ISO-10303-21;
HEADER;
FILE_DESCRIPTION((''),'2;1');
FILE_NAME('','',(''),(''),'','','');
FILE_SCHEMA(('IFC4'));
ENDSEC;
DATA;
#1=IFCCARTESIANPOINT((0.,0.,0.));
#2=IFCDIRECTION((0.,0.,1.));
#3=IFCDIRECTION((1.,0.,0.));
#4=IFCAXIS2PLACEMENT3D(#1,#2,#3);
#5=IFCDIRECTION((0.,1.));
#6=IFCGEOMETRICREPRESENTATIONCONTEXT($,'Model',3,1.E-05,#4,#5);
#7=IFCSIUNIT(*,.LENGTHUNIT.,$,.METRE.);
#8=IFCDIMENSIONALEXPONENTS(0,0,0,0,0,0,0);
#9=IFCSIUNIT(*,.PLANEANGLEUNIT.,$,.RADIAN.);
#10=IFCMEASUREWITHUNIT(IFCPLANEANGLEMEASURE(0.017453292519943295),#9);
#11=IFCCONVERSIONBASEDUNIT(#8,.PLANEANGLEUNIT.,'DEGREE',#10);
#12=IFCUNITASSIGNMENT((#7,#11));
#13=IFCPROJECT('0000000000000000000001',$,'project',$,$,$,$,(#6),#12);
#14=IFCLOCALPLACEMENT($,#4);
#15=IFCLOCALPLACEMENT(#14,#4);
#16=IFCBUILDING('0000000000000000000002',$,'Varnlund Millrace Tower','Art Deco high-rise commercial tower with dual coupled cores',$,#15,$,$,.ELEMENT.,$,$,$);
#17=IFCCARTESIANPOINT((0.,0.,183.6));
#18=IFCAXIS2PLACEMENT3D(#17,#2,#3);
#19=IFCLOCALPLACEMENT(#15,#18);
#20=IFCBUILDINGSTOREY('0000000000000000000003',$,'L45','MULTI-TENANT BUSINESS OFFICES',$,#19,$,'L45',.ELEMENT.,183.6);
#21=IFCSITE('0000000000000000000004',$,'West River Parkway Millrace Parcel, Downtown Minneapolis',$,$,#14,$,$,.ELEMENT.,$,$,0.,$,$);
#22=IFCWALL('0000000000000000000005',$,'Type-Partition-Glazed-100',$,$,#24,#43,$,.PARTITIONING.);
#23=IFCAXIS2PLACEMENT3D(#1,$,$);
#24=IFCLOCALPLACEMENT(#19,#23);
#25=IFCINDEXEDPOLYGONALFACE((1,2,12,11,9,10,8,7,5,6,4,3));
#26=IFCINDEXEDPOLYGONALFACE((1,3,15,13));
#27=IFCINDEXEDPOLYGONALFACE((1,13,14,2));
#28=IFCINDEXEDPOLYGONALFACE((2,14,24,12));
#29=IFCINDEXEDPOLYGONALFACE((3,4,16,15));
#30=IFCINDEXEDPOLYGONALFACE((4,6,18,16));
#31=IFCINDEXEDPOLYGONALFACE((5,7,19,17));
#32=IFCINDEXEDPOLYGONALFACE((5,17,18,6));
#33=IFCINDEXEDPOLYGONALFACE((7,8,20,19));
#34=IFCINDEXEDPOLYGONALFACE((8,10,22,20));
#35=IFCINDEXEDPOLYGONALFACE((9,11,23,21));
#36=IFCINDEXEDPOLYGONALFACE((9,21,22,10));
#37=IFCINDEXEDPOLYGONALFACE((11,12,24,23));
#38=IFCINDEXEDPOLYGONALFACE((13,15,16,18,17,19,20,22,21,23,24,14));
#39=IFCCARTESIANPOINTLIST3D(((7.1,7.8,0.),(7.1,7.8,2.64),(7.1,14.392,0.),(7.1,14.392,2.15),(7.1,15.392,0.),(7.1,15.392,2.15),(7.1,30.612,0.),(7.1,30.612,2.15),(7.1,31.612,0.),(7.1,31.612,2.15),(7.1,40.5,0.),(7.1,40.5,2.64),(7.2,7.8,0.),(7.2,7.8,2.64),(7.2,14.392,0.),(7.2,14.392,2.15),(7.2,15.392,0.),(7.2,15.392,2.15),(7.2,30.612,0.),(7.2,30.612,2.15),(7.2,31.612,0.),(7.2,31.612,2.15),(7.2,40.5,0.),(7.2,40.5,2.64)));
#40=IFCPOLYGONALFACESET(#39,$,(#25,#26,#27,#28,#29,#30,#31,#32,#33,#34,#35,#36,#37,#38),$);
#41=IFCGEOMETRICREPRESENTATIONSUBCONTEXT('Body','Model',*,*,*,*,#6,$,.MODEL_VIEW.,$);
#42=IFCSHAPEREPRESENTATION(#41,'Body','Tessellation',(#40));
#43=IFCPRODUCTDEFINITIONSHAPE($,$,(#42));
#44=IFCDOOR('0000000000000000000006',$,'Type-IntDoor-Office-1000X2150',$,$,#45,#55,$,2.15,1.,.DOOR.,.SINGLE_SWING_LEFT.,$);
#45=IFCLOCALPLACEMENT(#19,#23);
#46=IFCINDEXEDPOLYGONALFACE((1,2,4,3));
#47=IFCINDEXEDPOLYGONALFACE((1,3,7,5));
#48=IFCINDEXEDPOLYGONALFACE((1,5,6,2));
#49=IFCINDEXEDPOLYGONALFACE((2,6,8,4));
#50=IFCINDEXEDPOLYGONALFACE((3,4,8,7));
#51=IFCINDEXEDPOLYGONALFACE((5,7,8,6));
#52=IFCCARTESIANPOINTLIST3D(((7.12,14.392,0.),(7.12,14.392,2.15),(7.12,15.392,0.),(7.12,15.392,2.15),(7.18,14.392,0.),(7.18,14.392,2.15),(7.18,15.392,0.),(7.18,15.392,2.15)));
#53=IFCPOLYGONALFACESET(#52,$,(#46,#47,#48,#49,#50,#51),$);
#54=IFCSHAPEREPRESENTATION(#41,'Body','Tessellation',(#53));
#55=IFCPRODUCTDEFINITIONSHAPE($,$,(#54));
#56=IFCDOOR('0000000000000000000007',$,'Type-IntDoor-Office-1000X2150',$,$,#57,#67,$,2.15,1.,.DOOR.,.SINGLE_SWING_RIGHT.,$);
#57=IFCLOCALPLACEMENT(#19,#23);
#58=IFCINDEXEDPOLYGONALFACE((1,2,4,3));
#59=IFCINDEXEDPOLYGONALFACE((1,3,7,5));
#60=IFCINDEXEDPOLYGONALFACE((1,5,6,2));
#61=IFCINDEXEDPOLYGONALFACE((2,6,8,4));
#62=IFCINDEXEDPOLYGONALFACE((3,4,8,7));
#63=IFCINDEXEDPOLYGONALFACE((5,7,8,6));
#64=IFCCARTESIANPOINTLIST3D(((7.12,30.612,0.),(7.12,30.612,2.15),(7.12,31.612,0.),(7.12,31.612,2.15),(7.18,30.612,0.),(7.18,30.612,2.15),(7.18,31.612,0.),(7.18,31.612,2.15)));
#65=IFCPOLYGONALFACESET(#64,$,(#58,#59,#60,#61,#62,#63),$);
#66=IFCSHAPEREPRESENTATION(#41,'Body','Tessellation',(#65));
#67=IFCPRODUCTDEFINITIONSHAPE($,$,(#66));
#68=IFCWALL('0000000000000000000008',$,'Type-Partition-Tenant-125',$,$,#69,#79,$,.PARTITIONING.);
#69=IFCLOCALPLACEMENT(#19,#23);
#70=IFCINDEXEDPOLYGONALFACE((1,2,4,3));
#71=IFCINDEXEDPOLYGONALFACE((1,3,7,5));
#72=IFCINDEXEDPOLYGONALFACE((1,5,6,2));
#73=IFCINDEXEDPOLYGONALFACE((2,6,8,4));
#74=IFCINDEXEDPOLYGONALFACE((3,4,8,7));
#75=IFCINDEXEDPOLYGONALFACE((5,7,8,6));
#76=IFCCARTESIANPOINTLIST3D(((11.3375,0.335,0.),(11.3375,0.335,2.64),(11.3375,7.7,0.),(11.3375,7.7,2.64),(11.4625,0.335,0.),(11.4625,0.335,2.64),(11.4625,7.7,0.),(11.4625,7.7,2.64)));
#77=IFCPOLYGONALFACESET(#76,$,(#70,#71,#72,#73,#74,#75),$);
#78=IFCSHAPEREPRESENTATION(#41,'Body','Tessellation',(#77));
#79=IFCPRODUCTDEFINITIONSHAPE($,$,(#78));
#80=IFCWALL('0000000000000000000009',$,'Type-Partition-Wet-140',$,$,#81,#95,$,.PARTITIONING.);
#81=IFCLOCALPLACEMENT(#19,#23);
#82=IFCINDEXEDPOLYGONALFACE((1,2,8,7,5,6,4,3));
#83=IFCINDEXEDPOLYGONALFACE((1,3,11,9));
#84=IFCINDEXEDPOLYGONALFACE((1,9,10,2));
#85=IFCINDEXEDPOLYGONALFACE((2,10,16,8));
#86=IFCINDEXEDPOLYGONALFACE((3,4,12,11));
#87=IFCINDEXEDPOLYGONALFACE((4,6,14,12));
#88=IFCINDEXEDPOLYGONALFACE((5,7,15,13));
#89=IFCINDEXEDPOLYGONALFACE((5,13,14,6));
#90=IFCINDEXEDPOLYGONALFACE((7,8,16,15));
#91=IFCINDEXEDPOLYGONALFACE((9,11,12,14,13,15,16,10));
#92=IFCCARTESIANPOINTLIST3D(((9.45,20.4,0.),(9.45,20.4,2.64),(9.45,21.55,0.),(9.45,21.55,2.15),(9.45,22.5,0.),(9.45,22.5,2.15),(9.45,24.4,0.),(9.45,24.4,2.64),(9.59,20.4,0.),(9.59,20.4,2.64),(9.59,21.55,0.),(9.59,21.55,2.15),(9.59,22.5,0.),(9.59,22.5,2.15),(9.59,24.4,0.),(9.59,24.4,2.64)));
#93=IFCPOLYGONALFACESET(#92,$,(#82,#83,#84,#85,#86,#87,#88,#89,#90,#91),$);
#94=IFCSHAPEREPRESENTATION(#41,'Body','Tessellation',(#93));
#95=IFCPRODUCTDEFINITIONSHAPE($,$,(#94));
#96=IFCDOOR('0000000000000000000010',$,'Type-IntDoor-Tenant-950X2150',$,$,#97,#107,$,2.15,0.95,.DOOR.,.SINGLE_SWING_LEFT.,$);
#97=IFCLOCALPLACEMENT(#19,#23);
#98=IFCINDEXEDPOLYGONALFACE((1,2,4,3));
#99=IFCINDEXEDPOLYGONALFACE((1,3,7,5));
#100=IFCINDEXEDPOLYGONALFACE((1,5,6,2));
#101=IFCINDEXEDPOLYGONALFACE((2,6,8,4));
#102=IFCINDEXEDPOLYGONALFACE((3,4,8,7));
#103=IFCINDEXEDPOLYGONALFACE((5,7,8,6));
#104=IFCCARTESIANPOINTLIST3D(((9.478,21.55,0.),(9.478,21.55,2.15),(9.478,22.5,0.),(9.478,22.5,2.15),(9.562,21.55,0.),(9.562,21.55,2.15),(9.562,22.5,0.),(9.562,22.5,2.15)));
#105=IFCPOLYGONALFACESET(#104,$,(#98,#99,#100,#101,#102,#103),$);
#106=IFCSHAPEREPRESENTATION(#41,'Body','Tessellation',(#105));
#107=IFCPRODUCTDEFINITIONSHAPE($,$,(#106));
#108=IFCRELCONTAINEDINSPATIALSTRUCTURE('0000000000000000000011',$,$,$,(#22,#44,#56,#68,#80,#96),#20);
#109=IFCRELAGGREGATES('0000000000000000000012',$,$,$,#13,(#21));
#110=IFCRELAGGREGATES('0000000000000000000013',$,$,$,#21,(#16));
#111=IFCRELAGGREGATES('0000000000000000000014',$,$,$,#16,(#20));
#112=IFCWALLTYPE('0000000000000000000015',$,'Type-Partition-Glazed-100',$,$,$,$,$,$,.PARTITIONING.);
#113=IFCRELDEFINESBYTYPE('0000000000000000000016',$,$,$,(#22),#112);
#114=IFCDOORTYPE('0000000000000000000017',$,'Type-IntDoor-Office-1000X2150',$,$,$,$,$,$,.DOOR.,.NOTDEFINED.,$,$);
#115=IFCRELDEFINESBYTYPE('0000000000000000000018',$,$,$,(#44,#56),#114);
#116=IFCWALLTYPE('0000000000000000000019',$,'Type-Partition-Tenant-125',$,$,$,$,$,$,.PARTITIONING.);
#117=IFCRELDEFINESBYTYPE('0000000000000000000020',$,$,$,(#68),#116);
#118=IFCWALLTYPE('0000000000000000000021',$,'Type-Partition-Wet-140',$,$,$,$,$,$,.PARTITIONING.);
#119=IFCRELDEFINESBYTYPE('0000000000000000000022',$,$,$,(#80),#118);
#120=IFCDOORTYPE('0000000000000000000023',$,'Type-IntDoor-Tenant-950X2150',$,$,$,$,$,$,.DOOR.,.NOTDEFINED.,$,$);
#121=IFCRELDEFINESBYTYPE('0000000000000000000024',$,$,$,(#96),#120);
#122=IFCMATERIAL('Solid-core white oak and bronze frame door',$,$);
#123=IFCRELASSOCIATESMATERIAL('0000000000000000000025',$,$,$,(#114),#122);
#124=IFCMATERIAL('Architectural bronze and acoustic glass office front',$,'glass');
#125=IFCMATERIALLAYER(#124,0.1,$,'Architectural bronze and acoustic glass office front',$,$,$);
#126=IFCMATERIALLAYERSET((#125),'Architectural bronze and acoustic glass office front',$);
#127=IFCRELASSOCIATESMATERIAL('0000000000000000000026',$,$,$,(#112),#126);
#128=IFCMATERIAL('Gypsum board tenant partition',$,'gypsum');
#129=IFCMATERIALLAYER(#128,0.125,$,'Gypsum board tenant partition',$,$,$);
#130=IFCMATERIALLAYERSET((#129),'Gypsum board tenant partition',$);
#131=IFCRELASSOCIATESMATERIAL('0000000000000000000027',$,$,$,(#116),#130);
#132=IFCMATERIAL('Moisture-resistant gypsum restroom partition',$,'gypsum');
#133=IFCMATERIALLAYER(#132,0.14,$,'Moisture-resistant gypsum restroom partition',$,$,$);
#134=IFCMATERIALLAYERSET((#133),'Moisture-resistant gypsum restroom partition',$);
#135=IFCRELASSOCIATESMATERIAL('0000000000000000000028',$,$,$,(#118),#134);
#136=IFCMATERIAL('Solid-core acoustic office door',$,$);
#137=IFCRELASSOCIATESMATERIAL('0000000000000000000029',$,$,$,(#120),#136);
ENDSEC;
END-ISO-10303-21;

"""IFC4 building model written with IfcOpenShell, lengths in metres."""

from ifc_helpers import new_model, entity, si_unit, converted_unit, direction, frame, origin_with_axes, origin_2d_with_axis, place, context, subcontext, project, spatial, polyline, rectangle, outline, extrude, material, layer, layer_set, type_object, element, fill, save


model = new_model("IFC4")

# Units and contexts
model_context = context("Model", 3, precision=1e-05, world=origin_with_axes(), true_north=direction((0.0, 1.0)))
body_context = subcontext(model_context, "Body", "Model", "MODEL_VIEW")
ifc_project = project(units=[si_unit("LENGTHUNIT", "METRE"), converted_unit("PLANEANGLEUNIT", "DEGREE", entity("IfcPlaneAngleMeasure", 0.017453292519943295), si_unit("PLANEANGLEUNIT", "RADIAN"), dimensions=[0, 0, 0, 0, 0, 0, 0])], contexts=[model_context])

# Site, building, storey
site_placement = place(None, origin_with_axes())
site = spatial("IfcSite", under=ifc_project, at=site_placement, Name="West River Parkway Millrace Parcel, Downtown Minneapolis", CompositionType="ELEMENT", RefElevation=0.0)
building_placement = place(site_placement, origin_with_axes())
building = spatial("IfcBuilding", under=site, at=building_placement, Name="Varnlund Millrace Tower", Description="Art Deco high-rise commercial tower with dual coupled cores", CompositionType="ELEMENT")
storey_placement = place(building_placement, frame((0.0, 0.0, 183.6), z_axis=(0.0, 0.0, 1.0), x_axis=(1.0, 0.0, 0.0)))
storey = spatial("IfcBuildingStorey", under=building, at=storey_placement, Name="L45", Description="MULTI-TENANT BUSINESS OFFICES", LongName="L45", CompositionType="ELEMENT", Elevation=183.6)

# Shared definitions
ifc_material_1 = material(Name="Solid-core white oak and bronze frame door")
door_type_1 = type_object("IfcDoorType", Name="Type-IntDoor-Office-1000X2150", OperationType="NOTDEFINED", PredefinedType="DOOR", material=ifc_material_1)

# Wall, openings, doors
ifc_material_2 = material(Name="Architectural bronze and acoustic glass office front", Category="glass")
ifc_layer_1 = layer(ifc_material_2, 0.1, Name="Architectural bronze and acoustic glass office front")
ifc_layer_set_1 = layer_set([ifc_layer_1], Name="Architectural bronze and acoustic glass office front")
wall_type_1 = type_object("IfcWallType", Name="Type-Partition-Glazed-100", PredefinedType="PARTITIONING", material=ifc_layer_set_1)
wall_1_placement = place(storey_placement, frame((7.15, 7.8, 0.0), z_axis=(0.0, 0.0, 1.0), x_axis=(0.0, 1.0, 0.0)))
wall_1 = element("IfcWall", 1, at=wall_1_placement, inside=storey, type_object=wall_type_1, Name="Type-Partition-Glazed-100", PredefinedType="PARTITIONING", context=body_context, shape_type="SweptSolid", body=[
    extrude(outline(polyline([(0.0, -0.05), (32.7, -0.05), (32.7, 0.05), (0.0, 0.05), (0.0, -0.05)])), origin_with_axes(), (0.0, 0.0, 1.0), 2.64),
])
opening_1_placement = place(wall_1_placement, frame((7.092, 0.0, 0.0), z_axis=(0.0, 0.0, 1.0), x_axis=(1.0, 0.0, 0.0)))
opening_1 = element("IfcOpeningElement", 2, at=opening_1_placement, cuts=wall_1, PredefinedType="OPENING", context=body_context, shape_type="SweptSolid", body=[
    extrude(rectangle(XDim=1.0, YDim=0.12, at=origin_2d_with_axis()), origin_with_axes(), (0.0, 0.0, 1.0), 2.15),
])
opening_2_placement = place(wall_1_placement, frame((23.312, 0.0, 0.0), z_axis=(0.0, 0.0, 1.0), x_axis=(1.0, 0.0, 0.0)))
opening_2 = element("IfcOpeningElement", 3, at=opening_2_placement, cuts=wall_1, PredefinedType="OPENING", context=body_context, shape_type="SweptSolid", body=[
    extrude(rectangle(XDim=1.0, YDim=0.12, at=origin_2d_with_axis()), origin_with_axes(), (0.0, 0.0, 1.0), 2.15),
])
door_1_placement = place(wall_1_placement, frame((7.092, 0.0, 0.0), z_axis=(0.0, 0.0, 1.0), x_axis=(1.0, 0.0, 0.0)))
door_1 = element("IfcDoor", 4, at=door_1_placement, inside=storey, type_object=door_type_1, Name="Type-IntDoor-Office-1000X2150", OperationType="SINGLE_SWING_LEFT", OverallHeight=2.15, OverallWidth=1.0, PredefinedType="DOOR", context=body_context, shape_type="SweptSolid", body=[
    extrude(rectangle(XDim=1.0, YDim=0.06, at=origin_2d_with_axis()), origin_with_axes(), (0.0, 0.0, 1.0), 2.15),
])
fill(opening_1, door_1)
door_2_placement = place(wall_1_placement, frame((23.312, 0.0, 0.0), z_axis=(0.0, 0.0, 1.0), x_axis=(1.0, 0.0, 0.0)))
door_2 = element("IfcDoor", 5, at=door_2_placement, inside=storey, type_object=door_type_1, Name="Type-IntDoor-Office-1000X2150", OperationType="SINGLE_SWING_RIGHT", OverallHeight=2.15, OverallWidth=1.0, PredefinedType="DOOR", context=body_context, shape_type="SweptSolid", body=[
    extrude(rectangle(XDim=1.0, YDim=0.06, at=origin_2d_with_axis()), origin_with_axes(), (0.0, 0.0, 1.0), 2.15),
])
fill(opening_2, door_2)

# Wall
ifc_material_3 = material(Name="Gypsum board tenant partition", Category="gypsum")
ifc_layer_2 = layer(ifc_material_3, 0.125, Name="Gypsum board tenant partition")
ifc_layer_set_2 = layer_set([ifc_layer_2], Name="Gypsum board tenant partition")
wall_type_2 = type_object("IfcWallType", Name="Type-Partition-Tenant-125", PredefinedType="PARTITIONING", material=ifc_layer_set_2)
wall_2_placement = place(storey_placement, frame((11.4, 0.335, 0.0), z_axis=(0.0, 0.0, 1.0), x_axis=(0.0, 1.0, 0.0)))
element("IfcWall", 6, at=wall_2_placement, inside=storey, type_object=wall_type_2, Name="Type-Partition-Tenant-125", PredefinedType="PARTITIONING", context=body_context, shape_type="SweptSolid", body=[
    extrude(outline(polyline([(0.0, -0.0625), (7.365, -0.0625), (7.365, 0.0625), (0.0, 0.0625), (0.0, -0.0625)])), origin_with_axes(), (0.0, 0.0, 1.0), 2.64),
])

# Wall, opening, door
ifc_material_4 = material(Name="Moisture-resistant gypsum restroom partition", Category="gypsum")
ifc_layer_3 = layer(ifc_material_4, 0.14, Name="Moisture-resistant gypsum restroom partition")
ifc_layer_set_3 = layer_set([ifc_layer_3], Name="Moisture-resistant gypsum restroom partition")
wall_type_3 = type_object("IfcWallType", Name="Type-Partition-Wet-140", PredefinedType="PARTITIONING", material=ifc_layer_set_3)
wall_3_placement = place(storey_placement, frame((9.52, 20.4, 0.0), z_axis=(0.0, 0.0, 1.0), x_axis=(0.0, 1.0, 0.0)))
wall_3 = element("IfcWall", 7, at=wall_3_placement, inside=storey, type_object=wall_type_3, Name="Type-Partition-Wet-140", PredefinedType="PARTITIONING", context=body_context, shape_type="SweptSolid", body=[
    extrude(outline(polyline([(0.0, -0.07), (4.0, -0.07), (4.0, 0.07), (0.0, 0.07), (0.0, -0.07)])), origin_with_axes(), (0.0, 0.0, 1.0), 2.64),
])
opening_3_placement = place(wall_3_placement, frame((1.625, 0.0, 0.0), z_axis=(0.0, 0.0, 1.0), x_axis=(1.0, 0.0, 0.0)))
opening_3 = element("IfcOpeningElement", 8, at=opening_3_placement, cuts=wall_3, PredefinedType="OPENING", context=body_context, shape_type="SweptSolid", body=[
    extrude(rectangle(XDim=0.95, YDim=0.16, at=origin_2d_with_axis()), origin_with_axes(), (0.0, 0.0, 1.0), 2.15),
])
ifc_material_5 = material(Name="Solid-core acoustic office door")
door_type_2 = type_object("IfcDoorType", Name="Type-IntDoor-Tenant-950X2150", OperationType="NOTDEFINED", PredefinedType="DOOR", material=ifc_material_5)
door_3_placement = place(wall_3_placement, frame((1.625, 0.0, 0.0), z_axis=(0.0, 0.0, 1.0), x_axis=(1.0, 0.0, 0.0)))
door_3 = element("IfcDoor", 9, at=door_3_placement, inside=storey, type_object=door_type_2, Name="Type-IntDoor-Tenant-950X2150", OperationType="SINGLE_SWING_LEFT", OverallHeight=2.15, OverallWidth=0.95, PredefinedType="DOOR", context=body_context, shape_type="SweptSolid", body=[
    extrude(rectangle(XDim=0.95, YDim=0.084, at=origin_2d_with_axis()), origin_with_axes(), (0.0, 0.0, 1.0), 2.15),
])
fill(opening_3, door_3)

save(model, "model.ifc")
